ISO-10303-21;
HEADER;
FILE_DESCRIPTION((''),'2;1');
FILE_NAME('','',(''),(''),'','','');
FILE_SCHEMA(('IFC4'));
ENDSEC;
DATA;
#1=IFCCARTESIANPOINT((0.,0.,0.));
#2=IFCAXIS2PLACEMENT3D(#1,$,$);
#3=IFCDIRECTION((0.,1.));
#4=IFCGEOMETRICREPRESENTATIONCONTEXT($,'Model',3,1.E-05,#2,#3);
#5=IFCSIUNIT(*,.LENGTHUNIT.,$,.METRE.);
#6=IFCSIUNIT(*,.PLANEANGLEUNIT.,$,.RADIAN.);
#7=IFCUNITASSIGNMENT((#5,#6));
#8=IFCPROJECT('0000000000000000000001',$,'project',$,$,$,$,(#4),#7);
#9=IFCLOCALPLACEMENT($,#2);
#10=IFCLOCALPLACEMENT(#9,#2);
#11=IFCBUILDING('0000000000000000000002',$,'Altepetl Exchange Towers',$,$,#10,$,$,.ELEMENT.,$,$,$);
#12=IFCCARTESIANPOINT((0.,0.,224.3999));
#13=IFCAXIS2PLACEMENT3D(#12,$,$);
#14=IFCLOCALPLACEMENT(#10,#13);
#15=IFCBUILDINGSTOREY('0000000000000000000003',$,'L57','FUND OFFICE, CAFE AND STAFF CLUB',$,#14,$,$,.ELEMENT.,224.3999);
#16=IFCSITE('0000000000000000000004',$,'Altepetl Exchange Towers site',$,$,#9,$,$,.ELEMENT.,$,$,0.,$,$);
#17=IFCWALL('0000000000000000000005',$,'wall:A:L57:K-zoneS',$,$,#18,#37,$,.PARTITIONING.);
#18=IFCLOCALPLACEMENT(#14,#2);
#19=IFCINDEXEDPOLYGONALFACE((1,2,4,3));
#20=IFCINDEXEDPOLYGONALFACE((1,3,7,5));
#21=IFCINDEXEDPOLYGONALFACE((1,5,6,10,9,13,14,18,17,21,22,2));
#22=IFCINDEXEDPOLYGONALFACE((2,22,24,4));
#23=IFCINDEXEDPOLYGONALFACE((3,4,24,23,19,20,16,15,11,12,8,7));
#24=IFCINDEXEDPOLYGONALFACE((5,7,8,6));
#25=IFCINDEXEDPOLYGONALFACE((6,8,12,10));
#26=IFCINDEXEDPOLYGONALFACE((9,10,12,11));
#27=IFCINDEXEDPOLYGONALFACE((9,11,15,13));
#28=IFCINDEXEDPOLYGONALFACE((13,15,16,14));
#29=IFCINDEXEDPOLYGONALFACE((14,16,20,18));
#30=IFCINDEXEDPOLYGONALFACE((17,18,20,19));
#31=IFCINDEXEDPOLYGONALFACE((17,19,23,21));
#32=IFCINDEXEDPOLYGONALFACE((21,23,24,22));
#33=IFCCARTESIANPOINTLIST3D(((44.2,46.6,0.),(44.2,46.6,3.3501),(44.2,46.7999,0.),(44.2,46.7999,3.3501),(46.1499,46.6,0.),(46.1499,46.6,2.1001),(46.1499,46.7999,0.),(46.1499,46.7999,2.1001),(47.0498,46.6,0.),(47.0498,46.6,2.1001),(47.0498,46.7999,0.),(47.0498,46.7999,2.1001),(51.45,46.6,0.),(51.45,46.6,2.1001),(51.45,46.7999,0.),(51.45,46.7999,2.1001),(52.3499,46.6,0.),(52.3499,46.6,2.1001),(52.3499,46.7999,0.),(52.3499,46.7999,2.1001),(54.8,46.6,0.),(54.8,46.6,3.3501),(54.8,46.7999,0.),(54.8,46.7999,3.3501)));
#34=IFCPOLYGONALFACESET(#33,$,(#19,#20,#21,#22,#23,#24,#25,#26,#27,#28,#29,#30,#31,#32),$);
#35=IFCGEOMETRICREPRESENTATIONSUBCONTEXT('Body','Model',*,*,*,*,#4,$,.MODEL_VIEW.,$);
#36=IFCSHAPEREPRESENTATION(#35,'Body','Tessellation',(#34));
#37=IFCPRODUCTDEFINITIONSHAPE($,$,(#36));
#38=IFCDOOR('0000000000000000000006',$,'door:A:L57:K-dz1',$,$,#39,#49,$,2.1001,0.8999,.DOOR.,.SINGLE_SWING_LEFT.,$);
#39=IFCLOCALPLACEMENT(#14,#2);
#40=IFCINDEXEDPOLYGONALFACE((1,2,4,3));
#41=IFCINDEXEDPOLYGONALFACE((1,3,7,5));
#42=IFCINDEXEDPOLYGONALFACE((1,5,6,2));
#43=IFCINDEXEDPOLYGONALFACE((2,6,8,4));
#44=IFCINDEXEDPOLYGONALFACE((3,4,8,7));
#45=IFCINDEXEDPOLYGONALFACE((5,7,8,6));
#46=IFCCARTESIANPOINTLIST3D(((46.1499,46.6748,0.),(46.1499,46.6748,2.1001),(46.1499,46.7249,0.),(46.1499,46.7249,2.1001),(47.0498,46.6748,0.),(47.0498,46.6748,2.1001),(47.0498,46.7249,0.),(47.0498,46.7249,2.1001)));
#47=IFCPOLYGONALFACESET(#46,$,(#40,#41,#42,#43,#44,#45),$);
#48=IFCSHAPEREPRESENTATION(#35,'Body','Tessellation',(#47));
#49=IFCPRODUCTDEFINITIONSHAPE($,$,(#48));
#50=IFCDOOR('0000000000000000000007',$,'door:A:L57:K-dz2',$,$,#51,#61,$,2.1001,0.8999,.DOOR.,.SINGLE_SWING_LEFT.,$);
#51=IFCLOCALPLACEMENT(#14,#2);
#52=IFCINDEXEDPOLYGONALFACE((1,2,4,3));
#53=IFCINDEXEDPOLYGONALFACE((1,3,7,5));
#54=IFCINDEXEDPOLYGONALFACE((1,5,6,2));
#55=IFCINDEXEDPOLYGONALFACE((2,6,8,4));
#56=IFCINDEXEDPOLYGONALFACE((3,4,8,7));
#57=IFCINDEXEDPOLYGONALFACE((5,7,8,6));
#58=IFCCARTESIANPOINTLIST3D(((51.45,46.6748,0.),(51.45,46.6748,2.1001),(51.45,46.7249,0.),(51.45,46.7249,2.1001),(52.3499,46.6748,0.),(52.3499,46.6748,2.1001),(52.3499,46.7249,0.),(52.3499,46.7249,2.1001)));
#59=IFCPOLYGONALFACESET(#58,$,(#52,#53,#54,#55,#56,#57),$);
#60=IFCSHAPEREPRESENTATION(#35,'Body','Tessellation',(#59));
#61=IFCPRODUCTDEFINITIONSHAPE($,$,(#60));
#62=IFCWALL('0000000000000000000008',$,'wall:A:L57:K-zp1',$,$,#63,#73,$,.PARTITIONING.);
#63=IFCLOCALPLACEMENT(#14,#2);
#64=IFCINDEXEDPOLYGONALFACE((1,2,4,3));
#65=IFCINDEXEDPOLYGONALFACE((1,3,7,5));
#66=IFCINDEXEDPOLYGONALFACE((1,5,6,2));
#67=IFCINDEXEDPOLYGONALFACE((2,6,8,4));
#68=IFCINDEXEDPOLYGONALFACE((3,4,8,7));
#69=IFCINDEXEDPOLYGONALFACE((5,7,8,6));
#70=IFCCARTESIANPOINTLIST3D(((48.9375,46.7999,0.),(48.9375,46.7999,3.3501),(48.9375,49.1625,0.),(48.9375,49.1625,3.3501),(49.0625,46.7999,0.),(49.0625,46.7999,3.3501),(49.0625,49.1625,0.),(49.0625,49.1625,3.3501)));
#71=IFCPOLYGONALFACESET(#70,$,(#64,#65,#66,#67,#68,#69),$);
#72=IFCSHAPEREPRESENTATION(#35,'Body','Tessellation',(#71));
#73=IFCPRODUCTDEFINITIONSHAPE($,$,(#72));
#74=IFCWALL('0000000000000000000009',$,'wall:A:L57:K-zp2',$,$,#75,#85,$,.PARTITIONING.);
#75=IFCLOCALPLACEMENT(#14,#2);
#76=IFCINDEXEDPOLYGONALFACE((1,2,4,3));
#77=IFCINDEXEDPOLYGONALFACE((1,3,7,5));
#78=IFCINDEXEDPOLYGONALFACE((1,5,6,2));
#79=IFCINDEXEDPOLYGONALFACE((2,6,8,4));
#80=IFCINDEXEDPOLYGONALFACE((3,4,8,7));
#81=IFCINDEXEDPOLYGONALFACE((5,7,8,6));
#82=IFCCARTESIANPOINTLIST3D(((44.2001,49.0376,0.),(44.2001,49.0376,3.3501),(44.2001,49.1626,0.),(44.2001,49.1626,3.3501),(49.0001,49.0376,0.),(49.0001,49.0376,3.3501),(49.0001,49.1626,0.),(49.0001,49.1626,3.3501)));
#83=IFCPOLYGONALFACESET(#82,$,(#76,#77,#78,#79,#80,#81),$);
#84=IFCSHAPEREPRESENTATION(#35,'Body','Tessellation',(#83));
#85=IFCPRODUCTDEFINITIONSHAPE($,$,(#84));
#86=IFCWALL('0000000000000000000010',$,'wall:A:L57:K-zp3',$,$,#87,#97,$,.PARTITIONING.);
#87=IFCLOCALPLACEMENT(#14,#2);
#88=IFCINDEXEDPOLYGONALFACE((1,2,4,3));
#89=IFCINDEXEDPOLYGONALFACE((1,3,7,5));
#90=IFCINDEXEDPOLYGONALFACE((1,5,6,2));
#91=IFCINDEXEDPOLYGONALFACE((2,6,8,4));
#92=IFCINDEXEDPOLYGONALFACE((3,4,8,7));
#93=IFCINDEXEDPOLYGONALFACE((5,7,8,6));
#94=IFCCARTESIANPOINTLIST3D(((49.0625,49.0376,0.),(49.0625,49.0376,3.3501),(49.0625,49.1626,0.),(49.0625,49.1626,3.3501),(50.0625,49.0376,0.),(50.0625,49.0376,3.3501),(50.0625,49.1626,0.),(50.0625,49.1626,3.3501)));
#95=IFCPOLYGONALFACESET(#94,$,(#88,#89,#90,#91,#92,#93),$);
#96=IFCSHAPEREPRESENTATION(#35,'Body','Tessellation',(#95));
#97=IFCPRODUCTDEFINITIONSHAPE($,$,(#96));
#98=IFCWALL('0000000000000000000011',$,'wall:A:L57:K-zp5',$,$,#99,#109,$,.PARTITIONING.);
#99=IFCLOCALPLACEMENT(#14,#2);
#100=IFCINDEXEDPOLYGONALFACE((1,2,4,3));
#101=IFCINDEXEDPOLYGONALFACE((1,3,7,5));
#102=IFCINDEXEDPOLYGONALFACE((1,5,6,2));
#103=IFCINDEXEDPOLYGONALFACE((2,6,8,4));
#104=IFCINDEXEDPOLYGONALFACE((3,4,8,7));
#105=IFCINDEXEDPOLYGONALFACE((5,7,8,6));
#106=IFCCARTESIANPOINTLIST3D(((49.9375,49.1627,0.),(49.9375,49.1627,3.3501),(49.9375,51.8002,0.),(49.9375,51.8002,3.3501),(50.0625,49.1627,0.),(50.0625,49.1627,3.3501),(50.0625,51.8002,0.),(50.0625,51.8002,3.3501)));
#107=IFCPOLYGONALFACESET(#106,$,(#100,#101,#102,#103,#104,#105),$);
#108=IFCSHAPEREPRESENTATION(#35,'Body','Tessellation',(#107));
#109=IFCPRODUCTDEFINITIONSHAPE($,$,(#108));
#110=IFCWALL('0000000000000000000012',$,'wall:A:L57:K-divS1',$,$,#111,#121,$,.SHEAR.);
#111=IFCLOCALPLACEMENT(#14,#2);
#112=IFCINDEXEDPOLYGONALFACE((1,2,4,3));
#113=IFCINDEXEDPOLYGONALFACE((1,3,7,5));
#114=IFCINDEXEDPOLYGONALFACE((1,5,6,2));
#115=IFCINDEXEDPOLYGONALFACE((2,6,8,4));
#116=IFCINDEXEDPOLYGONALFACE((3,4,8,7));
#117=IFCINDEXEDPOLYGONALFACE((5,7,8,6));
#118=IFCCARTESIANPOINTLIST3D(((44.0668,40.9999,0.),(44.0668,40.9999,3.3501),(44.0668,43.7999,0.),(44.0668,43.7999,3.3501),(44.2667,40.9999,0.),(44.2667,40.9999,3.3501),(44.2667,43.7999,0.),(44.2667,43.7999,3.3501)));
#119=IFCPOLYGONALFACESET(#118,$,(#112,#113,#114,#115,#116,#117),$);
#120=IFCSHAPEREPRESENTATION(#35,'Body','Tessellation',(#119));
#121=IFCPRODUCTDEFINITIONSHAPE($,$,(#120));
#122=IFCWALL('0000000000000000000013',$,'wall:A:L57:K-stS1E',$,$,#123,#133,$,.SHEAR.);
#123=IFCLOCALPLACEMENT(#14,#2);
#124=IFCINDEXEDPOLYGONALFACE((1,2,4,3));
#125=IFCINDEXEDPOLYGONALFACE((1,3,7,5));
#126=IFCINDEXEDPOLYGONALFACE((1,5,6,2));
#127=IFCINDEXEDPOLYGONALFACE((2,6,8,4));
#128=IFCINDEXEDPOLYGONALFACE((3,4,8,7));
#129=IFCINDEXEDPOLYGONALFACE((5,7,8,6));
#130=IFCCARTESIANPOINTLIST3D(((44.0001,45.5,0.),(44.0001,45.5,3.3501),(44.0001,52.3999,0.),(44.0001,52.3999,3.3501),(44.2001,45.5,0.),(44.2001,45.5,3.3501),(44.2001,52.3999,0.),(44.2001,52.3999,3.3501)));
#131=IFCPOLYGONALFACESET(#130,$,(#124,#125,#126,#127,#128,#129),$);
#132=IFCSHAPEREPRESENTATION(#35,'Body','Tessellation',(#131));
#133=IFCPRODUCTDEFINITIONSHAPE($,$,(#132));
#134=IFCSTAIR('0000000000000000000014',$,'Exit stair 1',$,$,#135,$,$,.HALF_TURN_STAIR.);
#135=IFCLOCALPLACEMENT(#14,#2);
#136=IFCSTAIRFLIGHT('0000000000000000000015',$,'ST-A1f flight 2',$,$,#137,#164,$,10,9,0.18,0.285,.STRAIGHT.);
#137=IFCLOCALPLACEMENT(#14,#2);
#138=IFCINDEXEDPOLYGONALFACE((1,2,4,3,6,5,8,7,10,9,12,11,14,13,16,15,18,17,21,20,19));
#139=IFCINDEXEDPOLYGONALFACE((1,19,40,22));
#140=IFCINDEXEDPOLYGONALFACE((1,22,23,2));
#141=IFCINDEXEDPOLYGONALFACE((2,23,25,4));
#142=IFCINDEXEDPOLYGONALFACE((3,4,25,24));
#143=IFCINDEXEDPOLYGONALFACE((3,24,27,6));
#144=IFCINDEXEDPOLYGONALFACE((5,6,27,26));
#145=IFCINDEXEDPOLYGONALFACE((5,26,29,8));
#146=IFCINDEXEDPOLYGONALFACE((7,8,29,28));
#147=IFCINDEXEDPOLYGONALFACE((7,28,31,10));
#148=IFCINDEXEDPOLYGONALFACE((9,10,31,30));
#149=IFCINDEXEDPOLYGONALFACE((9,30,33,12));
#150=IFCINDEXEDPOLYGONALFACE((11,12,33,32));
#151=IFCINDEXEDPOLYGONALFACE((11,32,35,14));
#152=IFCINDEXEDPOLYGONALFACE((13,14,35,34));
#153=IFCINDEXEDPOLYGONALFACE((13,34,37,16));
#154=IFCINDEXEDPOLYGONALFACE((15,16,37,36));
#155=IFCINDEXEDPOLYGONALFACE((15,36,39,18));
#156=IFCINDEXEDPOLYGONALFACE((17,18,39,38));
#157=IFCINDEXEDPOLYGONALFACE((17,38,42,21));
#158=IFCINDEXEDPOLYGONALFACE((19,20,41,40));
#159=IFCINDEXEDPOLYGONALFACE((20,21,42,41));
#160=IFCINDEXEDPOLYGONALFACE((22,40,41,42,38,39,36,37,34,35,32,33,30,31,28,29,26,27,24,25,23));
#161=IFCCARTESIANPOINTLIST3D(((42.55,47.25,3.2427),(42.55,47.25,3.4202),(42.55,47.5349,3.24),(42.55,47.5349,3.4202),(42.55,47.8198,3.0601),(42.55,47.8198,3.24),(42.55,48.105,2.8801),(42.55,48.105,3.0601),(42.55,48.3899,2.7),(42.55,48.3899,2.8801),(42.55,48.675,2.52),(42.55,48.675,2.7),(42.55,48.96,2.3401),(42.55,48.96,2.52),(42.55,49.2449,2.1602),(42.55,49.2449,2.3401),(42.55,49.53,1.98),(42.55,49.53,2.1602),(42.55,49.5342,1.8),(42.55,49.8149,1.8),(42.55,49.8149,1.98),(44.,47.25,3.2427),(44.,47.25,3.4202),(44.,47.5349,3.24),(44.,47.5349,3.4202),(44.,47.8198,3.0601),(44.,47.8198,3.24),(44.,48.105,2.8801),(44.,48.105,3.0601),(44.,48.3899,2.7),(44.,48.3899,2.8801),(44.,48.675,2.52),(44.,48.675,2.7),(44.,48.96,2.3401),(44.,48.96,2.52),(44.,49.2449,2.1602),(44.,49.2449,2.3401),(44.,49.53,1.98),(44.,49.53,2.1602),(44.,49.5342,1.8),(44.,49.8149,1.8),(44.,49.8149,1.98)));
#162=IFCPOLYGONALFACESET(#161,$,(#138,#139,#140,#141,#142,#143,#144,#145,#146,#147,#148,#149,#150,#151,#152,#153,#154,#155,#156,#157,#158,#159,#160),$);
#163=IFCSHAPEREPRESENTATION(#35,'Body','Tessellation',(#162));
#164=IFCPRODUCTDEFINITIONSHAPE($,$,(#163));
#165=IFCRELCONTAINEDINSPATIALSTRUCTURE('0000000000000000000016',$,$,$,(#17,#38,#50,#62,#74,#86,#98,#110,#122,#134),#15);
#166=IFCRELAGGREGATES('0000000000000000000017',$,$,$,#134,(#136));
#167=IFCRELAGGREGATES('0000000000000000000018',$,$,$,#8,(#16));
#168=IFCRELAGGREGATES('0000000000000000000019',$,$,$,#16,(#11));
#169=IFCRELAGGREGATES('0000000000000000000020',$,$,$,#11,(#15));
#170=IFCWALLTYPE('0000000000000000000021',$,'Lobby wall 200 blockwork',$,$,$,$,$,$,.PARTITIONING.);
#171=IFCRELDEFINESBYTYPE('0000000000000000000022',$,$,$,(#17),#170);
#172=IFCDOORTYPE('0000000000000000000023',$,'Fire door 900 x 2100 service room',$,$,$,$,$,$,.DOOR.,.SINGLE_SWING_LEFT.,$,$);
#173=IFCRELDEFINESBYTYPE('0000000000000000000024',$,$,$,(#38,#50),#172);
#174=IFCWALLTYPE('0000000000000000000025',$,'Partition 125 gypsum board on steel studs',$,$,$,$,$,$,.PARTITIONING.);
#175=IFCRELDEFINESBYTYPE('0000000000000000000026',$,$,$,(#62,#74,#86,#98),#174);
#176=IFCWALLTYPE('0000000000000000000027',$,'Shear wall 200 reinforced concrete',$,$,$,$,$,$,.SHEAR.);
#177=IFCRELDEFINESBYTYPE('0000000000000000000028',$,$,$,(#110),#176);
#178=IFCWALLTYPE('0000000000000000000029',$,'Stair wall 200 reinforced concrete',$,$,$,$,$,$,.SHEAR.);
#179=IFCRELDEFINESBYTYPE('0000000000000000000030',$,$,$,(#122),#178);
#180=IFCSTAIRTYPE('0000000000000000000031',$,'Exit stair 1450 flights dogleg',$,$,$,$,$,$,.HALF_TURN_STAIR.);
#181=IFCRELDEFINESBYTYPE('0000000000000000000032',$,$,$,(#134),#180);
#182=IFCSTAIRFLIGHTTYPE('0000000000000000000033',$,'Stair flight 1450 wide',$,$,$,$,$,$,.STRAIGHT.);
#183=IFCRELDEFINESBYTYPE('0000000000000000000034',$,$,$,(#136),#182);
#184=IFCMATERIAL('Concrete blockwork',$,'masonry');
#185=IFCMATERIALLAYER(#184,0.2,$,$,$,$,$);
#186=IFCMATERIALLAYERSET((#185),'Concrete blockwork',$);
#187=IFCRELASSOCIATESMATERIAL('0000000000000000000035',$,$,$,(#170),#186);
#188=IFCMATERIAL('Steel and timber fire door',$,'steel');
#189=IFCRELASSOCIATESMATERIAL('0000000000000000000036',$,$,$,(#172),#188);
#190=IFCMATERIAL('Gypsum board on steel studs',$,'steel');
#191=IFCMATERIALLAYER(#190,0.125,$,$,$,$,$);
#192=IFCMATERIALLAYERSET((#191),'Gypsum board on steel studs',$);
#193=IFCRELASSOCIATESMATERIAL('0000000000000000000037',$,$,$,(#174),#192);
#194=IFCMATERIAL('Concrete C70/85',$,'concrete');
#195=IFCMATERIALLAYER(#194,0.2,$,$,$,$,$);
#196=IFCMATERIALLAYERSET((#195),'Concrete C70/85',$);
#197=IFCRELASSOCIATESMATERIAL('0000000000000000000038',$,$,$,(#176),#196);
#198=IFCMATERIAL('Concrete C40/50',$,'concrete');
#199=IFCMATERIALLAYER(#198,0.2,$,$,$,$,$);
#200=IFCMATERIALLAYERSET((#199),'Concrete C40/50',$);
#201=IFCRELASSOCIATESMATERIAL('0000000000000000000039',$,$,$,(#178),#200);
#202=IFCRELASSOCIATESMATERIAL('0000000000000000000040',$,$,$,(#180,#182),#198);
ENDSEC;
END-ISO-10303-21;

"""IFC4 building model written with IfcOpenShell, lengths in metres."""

from ifc_helpers import new_model, si_unit, direction, frame, frame_2d, origin, place, context, subcontext, project, spatial, polyline, rectangle, outline, extrude, material, layer, layer_set, type_object, element, fill, aggregate, save


model = new_model("IFC4")

# Units and contexts
model_context = context("Model", 3, precision=1e-05, world=origin(), true_north=direction((0.0, 1.0)))
body_context = subcontext(model_context, "Body", "Model", "MODEL_VIEW")
ifc_project = project(units=[si_unit("LENGTHUNIT", "METRE"), si_unit("PLANEANGLEUNIT", "RADIAN")], contexts=[model_context])

# Site, building, storey
site_placement = place(None, origin())
site = spatial("IfcSite", under=ifc_project, at=site_placement, Name="Altepetl Exchange Towers site", CompositionType="ELEMENT", RefElevation=0.0)
building_placement = place(site_placement, origin())
building = spatial("IfcBuilding", under=site, at=building_placement, Name="Altepetl Exchange Towers", CompositionType="ELEMENT")
storey_placement = place(building_placement, frame((0.0, 0.0, 224.3999)))
storey = spatial("IfcBuildingStorey", under=building, at=storey_placement, Name="L57", Description="FUND OFFICE, CAFE AND STAFF CLUB", CompositionType="ELEMENT", Elevation=224.3999)

# Shared definitions
ifc_material_1 = material(Name="Concrete blockwork", Category="masonry")
ifc_layer_1 = layer(ifc_material_1, 0.2)
ifc_layer_set_1 = layer_set([ifc_layer_1], Name="Concrete blockwork")
wall_type_1 = type_object("IfcWallType", Name="Lobby wall 200 blockwork", PredefinedType="PARTITIONING", material=ifc_layer_set_1)

# Shared definitions
ifc_material_2 = material(Name="Steel and timber fire door", Category="steel")

# Wall, openings, doors
door_type_1 = type_object("IfcDoorType", Name="Fire door 900 x 2100 service room", OperationType="SINGLE_SWING_LEFT", PredefinedType="DOOR", material=ifc_material_2)
wall_1_placement = place(storey_placement, frame((44.2, 46.7, 0.0)))
wall_1 = element("IfcWall", 1, at=wall_1_placement, inside=storey, type_object=wall_type_1, Name="wall:A:L57:K-zoneS", PredefinedType="PARTITIONING", context=body_context, shape_type="SweptSolid", body=[
    extrude(rectangle(XDim=10.6001, YDim=0.2, at=frame_2d((5.3, 0.0))), origin(), (0.0, 0.0, 1.0), 3.3501),
])
opening_1_placement = place(wall_1_placement, frame((1.95, 0.0, 0.0)))
opening_1 = element("IfcOpeningElement", 2, at=opening_1_placement, cuts=wall_1, PredefinedType="OPENING", context=body_context, shape_type="SweptSolid", body=[
    extrude(rectangle(XDim=0.8999, YDim=2.1001, at=frame_2d((0.45, 1.05))), frame((0.0, 0.1099, 0.0), z_axis=(0.0, -1.0, 0.0), x_axis=(1.0, 0.0, 0.0)), (0.0, 0.0, 1.0), 0.22),
])
opening_2_placement = place(wall_1_placement, frame((7.25, 0.0, 0.0)))
opening_2 = element("IfcOpeningElement", 3, at=opening_2_placement, cuts=wall_1, PredefinedType="OPENING", context=body_context, shape_type="SweptSolid", body=[
    extrude(rectangle(XDim=0.8999, YDim=2.1001, at=frame_2d((0.45, 1.05))), frame((0.0, 0.1099, 0.0), z_axis=(0.0, -1.0, 0.0), x_axis=(1.0, 0.0, 0.0)), (0.0, 0.0, 1.0), 0.22),
])
door_1_placement = place(opening_1_placement, origin())
door_1 = element("IfcDoor", 4, at=door_1_placement, inside=storey, type_object=door_type_1, Name="door:A:L57:K-dz1", OperationType="SINGLE_SWING_LEFT", OverallHeight=2.1001, OverallWidth=0.8999, PredefinedType="DOOR", context=body_context, shape_type="SweptSolid", body=[
    extrude(rectangle(XDim=0.8999, YDim=2.1001, at=frame_2d((0.45, 1.05))), frame((0.0, 0.0249, 0.0), z_axis=(0.0, -1.0, 0.0), x_axis=(1.0, 0.0, 0.0)), (0.0, 0.0, 1.0), 0.05),
])
fill(opening_1, door_1)
door_2_placement = place(opening_2_placement, origin())
door_2 = element("IfcDoor", 5, at=door_2_placement, inside=storey, type_object=door_type_1, Name="door:A:L57:K-dz2", OperationType="SINGLE_SWING_LEFT", OverallHeight=2.1001, OverallWidth=0.8999, PredefinedType="DOOR", context=body_context, shape_type="SweptSolid", body=[
    extrude(rectangle(XDim=0.8999, YDim=2.1001, at=frame_2d((0.45, 1.05))), frame((0.0, 0.0249, 0.0), z_axis=(0.0, -1.0, 0.0), x_axis=(1.0, 0.0, 0.0)), (0.0, 0.0, 1.0), 0.05),
])
fill(opening_2, door_2)

# Walls
ifc_material_3 = material(Name="Gypsum board on steel studs", Category="steel")
ifc_layer_2 = layer(ifc_material_3, 0.125)
ifc_layer_set_2 = layer_set([ifc_layer_2], Name="Gypsum board on steel studs")
wall_type_2 = type_object("IfcWallType", Name="Partition 125 gypsum board on steel studs", PredefinedType="PARTITIONING", material=ifc_layer_set_2)
wall_2_placement = place(storey_placement, frame((49.0, 46.8, 0.0), z_axis=(0.0, 0.0, 1.0), x_axis=(0.0, 1.0, 0.0)))
element("IfcWall", 6, at=wall_2_placement, inside=storey, type_object=wall_type_2, Name="wall:A:L57:K-zp1", PredefinedType="PARTITIONING", context=body_context, shape_type="SweptSolid", body=[
    extrude(rectangle(XDim=2.3625, YDim=0.125, at=frame_2d((1.1812, 0.0))), origin(), (0.0, 0.0, 1.0), 3.3501),
])
wall_3_placement = place(storey_placement, frame((49.0, 49.1001, 0.0), z_axis=(0.0, 0.0, 1.0), x_axis=(-1.0, 0.0, 0.0)))
element("IfcWall", 7, at=wall_3_placement, inside=storey, type_object=wall_type_2, Name="wall:A:L57:K-zp2", PredefinedType="PARTITIONING", context=body_context, shape_type="SweptSolid", body=[
    extrude(rectangle(XDim=4.8, YDim=0.125, at=frame_2d((2.3999, 0.0))), origin(), (0.0, 0.0, 1.0), 3.3501),
])
wall_4_placement = place(storey_placement, frame((50.0625, 49.1001, 0.0), z_axis=(0.0, 0.0, 1.0), x_axis=(-1.0, 0.0, 0.0)))
element("IfcWall", 8, at=wall_4_placement, inside=storey, type_object=wall_type_2, Name="wall:A:L57:K-zp3", PredefinedType="PARTITIONING", context=body_context, shape_type="SweptSolid", body=[
    extrude(rectangle(XDim=1.0, YDim=0.125, at=frame_2d((0.5, 0.0))), origin(), (0.0, 0.0, 1.0), 3.3501),
])
wall_5_placement = place(storey_placement, frame((50.0, 49.1626, 0.0), z_axis=(0.0, 0.0, 1.0), x_axis=(0.0, 1.0, 0.0)))
element("IfcWall", 9, at=wall_5_placement, inside=storey, type_object=wall_type_2, Name="wall:A:L57:K-zp5", PredefinedType="PARTITIONING", context=body_context, shape_type="SweptSolid", body=[
    extrude(rectangle(XDim=2.6375, YDim=0.125, at=frame_2d((1.3188, 0.0))), origin(), (0.0, 0.0, 1.0), 3.3501),
])
ifc_material_4 = material(Name="Concrete C70/85", Category="concrete")
ifc_layer_3 = layer(ifc_material_4, 0.2)
ifc_layer_set_3 = layer_set([ifc_layer_3], Name="Concrete C70/85")
wall_type_3 = type_object("IfcWallType", Name="Shear wall 200 reinforced concrete", PredefinedType="SHEAR", material=ifc_layer_set_3)
wall_6_placement = place(storey_placement, frame((44.1667, 41.0, 0.0), z_axis=(0.0, 0.0, 1.0), x_axis=(0.0, 1.0, 0.0)))
element("IfcWall", 10, at=wall_6_placement, inside=storey, type_object=wall_type_3, Name="wall:A:L57:K-divS1", PredefinedType="SHEAR", context=body_context, shape_type="SweptSolid", body=[
    extrude(rectangle(XDim=2.8, YDim=0.2, at=frame_2d((1.3999, 0.0))), origin(), (0.0, 0.0, 1.0), 3.3501),
])
ifc_material_5 = material(Name="Concrete C40/50", Category="concrete")
ifc_layer_4 = layer(ifc_material_5, 0.2)
ifc_layer_set_4 = layer_set([ifc_layer_4], Name="Concrete C40/50")
wall_type_4 = type_object("IfcWallType", Name="Stair wall 200 reinforced concrete", PredefinedType="SHEAR", material=ifc_layer_set_4)
wall_7_placement = place(storey_placement, frame((44.1001, 45.5, 0.0), z_axis=(0.0, 0.0, 1.0), x_axis=(0.0, 1.0, 0.0)))
element("IfcWall", 11, at=wall_7_placement, inside=storey, type_object=wall_type_4, Name="wall:A:L57:K-stS1E", PredefinedType="SHEAR", context=body_context, shape_type="SweptSolid", body=[
    extrude(rectangle(XDim=6.8999, YDim=0.2, at=frame_2d((3.45, 0.0))), origin(), (0.0, 0.0, 1.0), 3.3501),
])

# Stair, stair flight
stair_type = type_object("IfcStairType", Name="Exit stair 1450 flights dogleg", PredefinedType="HALF_TURN_STAIR", material=ifc_material_5)
stair_placement = place(storey_placement, origin())
stair = element("IfcStair", 12, at=stair_placement, inside=storey, type_object=stair_type, Name="Exit stair 1", PredefinedType="HALF_TURN_STAIR")
stair_flight_type = type_object("IfcStairFlightType", Name="Stair flight 1450 wide", PredefinedType="STRAIGHT", material=ifc_material_5)
stair_flight_placement = place(storey_placement, frame((43.2749, 49.8149, 1.8), z_axis=(0.0, 0.0, 1.0), x_axis=(0.0, -1.0, 0.0)))
stair_flight = element("IfcStairFlight", 13, at=stair_flight_placement, type_object=stair_flight_type, Name="ST-A1f flight 2", NumberOfRisers=10, NumberOfTreads=9, PredefinedType="STRAIGHT", RiserHeight=0.18, TreadLength=0.285, context=body_context, shape_type="SweptSolid", body=[
    extrude(outline(polyline([(0.0, 0.0), (0.0, 0.1799), (0.2849, 0.1799), (0.2849, 0.3601), (0.5701, 0.3601), (0.5701, 0.54), (0.855, 0.54), (0.855, 0.72), (1.1399, 0.72), (1.1399, 0.8999), (1.425, 0.8999), (1.425, 1.0801), (1.71, 1.0801), (1.71, 1.26), (1.9951, 1.26), (1.9951, 1.4399), (2.28, 1.4399), (2.28, 1.6201), (2.5649, 1.6201), (2.5649, 1.8), (2.5649, 1.4426), (0.2808, 0.0), (0.0, 0.0)])), frame((0.0, 0.7251, 0.0), z_axis=(0.0, -1.0, 0.0), x_axis=(1.0, 0.0, 0.0)), (0.0, 0.0, 1.0), 1.45),
])
aggregate(stair, [stair_flight])

save(model, "model.ifc")
